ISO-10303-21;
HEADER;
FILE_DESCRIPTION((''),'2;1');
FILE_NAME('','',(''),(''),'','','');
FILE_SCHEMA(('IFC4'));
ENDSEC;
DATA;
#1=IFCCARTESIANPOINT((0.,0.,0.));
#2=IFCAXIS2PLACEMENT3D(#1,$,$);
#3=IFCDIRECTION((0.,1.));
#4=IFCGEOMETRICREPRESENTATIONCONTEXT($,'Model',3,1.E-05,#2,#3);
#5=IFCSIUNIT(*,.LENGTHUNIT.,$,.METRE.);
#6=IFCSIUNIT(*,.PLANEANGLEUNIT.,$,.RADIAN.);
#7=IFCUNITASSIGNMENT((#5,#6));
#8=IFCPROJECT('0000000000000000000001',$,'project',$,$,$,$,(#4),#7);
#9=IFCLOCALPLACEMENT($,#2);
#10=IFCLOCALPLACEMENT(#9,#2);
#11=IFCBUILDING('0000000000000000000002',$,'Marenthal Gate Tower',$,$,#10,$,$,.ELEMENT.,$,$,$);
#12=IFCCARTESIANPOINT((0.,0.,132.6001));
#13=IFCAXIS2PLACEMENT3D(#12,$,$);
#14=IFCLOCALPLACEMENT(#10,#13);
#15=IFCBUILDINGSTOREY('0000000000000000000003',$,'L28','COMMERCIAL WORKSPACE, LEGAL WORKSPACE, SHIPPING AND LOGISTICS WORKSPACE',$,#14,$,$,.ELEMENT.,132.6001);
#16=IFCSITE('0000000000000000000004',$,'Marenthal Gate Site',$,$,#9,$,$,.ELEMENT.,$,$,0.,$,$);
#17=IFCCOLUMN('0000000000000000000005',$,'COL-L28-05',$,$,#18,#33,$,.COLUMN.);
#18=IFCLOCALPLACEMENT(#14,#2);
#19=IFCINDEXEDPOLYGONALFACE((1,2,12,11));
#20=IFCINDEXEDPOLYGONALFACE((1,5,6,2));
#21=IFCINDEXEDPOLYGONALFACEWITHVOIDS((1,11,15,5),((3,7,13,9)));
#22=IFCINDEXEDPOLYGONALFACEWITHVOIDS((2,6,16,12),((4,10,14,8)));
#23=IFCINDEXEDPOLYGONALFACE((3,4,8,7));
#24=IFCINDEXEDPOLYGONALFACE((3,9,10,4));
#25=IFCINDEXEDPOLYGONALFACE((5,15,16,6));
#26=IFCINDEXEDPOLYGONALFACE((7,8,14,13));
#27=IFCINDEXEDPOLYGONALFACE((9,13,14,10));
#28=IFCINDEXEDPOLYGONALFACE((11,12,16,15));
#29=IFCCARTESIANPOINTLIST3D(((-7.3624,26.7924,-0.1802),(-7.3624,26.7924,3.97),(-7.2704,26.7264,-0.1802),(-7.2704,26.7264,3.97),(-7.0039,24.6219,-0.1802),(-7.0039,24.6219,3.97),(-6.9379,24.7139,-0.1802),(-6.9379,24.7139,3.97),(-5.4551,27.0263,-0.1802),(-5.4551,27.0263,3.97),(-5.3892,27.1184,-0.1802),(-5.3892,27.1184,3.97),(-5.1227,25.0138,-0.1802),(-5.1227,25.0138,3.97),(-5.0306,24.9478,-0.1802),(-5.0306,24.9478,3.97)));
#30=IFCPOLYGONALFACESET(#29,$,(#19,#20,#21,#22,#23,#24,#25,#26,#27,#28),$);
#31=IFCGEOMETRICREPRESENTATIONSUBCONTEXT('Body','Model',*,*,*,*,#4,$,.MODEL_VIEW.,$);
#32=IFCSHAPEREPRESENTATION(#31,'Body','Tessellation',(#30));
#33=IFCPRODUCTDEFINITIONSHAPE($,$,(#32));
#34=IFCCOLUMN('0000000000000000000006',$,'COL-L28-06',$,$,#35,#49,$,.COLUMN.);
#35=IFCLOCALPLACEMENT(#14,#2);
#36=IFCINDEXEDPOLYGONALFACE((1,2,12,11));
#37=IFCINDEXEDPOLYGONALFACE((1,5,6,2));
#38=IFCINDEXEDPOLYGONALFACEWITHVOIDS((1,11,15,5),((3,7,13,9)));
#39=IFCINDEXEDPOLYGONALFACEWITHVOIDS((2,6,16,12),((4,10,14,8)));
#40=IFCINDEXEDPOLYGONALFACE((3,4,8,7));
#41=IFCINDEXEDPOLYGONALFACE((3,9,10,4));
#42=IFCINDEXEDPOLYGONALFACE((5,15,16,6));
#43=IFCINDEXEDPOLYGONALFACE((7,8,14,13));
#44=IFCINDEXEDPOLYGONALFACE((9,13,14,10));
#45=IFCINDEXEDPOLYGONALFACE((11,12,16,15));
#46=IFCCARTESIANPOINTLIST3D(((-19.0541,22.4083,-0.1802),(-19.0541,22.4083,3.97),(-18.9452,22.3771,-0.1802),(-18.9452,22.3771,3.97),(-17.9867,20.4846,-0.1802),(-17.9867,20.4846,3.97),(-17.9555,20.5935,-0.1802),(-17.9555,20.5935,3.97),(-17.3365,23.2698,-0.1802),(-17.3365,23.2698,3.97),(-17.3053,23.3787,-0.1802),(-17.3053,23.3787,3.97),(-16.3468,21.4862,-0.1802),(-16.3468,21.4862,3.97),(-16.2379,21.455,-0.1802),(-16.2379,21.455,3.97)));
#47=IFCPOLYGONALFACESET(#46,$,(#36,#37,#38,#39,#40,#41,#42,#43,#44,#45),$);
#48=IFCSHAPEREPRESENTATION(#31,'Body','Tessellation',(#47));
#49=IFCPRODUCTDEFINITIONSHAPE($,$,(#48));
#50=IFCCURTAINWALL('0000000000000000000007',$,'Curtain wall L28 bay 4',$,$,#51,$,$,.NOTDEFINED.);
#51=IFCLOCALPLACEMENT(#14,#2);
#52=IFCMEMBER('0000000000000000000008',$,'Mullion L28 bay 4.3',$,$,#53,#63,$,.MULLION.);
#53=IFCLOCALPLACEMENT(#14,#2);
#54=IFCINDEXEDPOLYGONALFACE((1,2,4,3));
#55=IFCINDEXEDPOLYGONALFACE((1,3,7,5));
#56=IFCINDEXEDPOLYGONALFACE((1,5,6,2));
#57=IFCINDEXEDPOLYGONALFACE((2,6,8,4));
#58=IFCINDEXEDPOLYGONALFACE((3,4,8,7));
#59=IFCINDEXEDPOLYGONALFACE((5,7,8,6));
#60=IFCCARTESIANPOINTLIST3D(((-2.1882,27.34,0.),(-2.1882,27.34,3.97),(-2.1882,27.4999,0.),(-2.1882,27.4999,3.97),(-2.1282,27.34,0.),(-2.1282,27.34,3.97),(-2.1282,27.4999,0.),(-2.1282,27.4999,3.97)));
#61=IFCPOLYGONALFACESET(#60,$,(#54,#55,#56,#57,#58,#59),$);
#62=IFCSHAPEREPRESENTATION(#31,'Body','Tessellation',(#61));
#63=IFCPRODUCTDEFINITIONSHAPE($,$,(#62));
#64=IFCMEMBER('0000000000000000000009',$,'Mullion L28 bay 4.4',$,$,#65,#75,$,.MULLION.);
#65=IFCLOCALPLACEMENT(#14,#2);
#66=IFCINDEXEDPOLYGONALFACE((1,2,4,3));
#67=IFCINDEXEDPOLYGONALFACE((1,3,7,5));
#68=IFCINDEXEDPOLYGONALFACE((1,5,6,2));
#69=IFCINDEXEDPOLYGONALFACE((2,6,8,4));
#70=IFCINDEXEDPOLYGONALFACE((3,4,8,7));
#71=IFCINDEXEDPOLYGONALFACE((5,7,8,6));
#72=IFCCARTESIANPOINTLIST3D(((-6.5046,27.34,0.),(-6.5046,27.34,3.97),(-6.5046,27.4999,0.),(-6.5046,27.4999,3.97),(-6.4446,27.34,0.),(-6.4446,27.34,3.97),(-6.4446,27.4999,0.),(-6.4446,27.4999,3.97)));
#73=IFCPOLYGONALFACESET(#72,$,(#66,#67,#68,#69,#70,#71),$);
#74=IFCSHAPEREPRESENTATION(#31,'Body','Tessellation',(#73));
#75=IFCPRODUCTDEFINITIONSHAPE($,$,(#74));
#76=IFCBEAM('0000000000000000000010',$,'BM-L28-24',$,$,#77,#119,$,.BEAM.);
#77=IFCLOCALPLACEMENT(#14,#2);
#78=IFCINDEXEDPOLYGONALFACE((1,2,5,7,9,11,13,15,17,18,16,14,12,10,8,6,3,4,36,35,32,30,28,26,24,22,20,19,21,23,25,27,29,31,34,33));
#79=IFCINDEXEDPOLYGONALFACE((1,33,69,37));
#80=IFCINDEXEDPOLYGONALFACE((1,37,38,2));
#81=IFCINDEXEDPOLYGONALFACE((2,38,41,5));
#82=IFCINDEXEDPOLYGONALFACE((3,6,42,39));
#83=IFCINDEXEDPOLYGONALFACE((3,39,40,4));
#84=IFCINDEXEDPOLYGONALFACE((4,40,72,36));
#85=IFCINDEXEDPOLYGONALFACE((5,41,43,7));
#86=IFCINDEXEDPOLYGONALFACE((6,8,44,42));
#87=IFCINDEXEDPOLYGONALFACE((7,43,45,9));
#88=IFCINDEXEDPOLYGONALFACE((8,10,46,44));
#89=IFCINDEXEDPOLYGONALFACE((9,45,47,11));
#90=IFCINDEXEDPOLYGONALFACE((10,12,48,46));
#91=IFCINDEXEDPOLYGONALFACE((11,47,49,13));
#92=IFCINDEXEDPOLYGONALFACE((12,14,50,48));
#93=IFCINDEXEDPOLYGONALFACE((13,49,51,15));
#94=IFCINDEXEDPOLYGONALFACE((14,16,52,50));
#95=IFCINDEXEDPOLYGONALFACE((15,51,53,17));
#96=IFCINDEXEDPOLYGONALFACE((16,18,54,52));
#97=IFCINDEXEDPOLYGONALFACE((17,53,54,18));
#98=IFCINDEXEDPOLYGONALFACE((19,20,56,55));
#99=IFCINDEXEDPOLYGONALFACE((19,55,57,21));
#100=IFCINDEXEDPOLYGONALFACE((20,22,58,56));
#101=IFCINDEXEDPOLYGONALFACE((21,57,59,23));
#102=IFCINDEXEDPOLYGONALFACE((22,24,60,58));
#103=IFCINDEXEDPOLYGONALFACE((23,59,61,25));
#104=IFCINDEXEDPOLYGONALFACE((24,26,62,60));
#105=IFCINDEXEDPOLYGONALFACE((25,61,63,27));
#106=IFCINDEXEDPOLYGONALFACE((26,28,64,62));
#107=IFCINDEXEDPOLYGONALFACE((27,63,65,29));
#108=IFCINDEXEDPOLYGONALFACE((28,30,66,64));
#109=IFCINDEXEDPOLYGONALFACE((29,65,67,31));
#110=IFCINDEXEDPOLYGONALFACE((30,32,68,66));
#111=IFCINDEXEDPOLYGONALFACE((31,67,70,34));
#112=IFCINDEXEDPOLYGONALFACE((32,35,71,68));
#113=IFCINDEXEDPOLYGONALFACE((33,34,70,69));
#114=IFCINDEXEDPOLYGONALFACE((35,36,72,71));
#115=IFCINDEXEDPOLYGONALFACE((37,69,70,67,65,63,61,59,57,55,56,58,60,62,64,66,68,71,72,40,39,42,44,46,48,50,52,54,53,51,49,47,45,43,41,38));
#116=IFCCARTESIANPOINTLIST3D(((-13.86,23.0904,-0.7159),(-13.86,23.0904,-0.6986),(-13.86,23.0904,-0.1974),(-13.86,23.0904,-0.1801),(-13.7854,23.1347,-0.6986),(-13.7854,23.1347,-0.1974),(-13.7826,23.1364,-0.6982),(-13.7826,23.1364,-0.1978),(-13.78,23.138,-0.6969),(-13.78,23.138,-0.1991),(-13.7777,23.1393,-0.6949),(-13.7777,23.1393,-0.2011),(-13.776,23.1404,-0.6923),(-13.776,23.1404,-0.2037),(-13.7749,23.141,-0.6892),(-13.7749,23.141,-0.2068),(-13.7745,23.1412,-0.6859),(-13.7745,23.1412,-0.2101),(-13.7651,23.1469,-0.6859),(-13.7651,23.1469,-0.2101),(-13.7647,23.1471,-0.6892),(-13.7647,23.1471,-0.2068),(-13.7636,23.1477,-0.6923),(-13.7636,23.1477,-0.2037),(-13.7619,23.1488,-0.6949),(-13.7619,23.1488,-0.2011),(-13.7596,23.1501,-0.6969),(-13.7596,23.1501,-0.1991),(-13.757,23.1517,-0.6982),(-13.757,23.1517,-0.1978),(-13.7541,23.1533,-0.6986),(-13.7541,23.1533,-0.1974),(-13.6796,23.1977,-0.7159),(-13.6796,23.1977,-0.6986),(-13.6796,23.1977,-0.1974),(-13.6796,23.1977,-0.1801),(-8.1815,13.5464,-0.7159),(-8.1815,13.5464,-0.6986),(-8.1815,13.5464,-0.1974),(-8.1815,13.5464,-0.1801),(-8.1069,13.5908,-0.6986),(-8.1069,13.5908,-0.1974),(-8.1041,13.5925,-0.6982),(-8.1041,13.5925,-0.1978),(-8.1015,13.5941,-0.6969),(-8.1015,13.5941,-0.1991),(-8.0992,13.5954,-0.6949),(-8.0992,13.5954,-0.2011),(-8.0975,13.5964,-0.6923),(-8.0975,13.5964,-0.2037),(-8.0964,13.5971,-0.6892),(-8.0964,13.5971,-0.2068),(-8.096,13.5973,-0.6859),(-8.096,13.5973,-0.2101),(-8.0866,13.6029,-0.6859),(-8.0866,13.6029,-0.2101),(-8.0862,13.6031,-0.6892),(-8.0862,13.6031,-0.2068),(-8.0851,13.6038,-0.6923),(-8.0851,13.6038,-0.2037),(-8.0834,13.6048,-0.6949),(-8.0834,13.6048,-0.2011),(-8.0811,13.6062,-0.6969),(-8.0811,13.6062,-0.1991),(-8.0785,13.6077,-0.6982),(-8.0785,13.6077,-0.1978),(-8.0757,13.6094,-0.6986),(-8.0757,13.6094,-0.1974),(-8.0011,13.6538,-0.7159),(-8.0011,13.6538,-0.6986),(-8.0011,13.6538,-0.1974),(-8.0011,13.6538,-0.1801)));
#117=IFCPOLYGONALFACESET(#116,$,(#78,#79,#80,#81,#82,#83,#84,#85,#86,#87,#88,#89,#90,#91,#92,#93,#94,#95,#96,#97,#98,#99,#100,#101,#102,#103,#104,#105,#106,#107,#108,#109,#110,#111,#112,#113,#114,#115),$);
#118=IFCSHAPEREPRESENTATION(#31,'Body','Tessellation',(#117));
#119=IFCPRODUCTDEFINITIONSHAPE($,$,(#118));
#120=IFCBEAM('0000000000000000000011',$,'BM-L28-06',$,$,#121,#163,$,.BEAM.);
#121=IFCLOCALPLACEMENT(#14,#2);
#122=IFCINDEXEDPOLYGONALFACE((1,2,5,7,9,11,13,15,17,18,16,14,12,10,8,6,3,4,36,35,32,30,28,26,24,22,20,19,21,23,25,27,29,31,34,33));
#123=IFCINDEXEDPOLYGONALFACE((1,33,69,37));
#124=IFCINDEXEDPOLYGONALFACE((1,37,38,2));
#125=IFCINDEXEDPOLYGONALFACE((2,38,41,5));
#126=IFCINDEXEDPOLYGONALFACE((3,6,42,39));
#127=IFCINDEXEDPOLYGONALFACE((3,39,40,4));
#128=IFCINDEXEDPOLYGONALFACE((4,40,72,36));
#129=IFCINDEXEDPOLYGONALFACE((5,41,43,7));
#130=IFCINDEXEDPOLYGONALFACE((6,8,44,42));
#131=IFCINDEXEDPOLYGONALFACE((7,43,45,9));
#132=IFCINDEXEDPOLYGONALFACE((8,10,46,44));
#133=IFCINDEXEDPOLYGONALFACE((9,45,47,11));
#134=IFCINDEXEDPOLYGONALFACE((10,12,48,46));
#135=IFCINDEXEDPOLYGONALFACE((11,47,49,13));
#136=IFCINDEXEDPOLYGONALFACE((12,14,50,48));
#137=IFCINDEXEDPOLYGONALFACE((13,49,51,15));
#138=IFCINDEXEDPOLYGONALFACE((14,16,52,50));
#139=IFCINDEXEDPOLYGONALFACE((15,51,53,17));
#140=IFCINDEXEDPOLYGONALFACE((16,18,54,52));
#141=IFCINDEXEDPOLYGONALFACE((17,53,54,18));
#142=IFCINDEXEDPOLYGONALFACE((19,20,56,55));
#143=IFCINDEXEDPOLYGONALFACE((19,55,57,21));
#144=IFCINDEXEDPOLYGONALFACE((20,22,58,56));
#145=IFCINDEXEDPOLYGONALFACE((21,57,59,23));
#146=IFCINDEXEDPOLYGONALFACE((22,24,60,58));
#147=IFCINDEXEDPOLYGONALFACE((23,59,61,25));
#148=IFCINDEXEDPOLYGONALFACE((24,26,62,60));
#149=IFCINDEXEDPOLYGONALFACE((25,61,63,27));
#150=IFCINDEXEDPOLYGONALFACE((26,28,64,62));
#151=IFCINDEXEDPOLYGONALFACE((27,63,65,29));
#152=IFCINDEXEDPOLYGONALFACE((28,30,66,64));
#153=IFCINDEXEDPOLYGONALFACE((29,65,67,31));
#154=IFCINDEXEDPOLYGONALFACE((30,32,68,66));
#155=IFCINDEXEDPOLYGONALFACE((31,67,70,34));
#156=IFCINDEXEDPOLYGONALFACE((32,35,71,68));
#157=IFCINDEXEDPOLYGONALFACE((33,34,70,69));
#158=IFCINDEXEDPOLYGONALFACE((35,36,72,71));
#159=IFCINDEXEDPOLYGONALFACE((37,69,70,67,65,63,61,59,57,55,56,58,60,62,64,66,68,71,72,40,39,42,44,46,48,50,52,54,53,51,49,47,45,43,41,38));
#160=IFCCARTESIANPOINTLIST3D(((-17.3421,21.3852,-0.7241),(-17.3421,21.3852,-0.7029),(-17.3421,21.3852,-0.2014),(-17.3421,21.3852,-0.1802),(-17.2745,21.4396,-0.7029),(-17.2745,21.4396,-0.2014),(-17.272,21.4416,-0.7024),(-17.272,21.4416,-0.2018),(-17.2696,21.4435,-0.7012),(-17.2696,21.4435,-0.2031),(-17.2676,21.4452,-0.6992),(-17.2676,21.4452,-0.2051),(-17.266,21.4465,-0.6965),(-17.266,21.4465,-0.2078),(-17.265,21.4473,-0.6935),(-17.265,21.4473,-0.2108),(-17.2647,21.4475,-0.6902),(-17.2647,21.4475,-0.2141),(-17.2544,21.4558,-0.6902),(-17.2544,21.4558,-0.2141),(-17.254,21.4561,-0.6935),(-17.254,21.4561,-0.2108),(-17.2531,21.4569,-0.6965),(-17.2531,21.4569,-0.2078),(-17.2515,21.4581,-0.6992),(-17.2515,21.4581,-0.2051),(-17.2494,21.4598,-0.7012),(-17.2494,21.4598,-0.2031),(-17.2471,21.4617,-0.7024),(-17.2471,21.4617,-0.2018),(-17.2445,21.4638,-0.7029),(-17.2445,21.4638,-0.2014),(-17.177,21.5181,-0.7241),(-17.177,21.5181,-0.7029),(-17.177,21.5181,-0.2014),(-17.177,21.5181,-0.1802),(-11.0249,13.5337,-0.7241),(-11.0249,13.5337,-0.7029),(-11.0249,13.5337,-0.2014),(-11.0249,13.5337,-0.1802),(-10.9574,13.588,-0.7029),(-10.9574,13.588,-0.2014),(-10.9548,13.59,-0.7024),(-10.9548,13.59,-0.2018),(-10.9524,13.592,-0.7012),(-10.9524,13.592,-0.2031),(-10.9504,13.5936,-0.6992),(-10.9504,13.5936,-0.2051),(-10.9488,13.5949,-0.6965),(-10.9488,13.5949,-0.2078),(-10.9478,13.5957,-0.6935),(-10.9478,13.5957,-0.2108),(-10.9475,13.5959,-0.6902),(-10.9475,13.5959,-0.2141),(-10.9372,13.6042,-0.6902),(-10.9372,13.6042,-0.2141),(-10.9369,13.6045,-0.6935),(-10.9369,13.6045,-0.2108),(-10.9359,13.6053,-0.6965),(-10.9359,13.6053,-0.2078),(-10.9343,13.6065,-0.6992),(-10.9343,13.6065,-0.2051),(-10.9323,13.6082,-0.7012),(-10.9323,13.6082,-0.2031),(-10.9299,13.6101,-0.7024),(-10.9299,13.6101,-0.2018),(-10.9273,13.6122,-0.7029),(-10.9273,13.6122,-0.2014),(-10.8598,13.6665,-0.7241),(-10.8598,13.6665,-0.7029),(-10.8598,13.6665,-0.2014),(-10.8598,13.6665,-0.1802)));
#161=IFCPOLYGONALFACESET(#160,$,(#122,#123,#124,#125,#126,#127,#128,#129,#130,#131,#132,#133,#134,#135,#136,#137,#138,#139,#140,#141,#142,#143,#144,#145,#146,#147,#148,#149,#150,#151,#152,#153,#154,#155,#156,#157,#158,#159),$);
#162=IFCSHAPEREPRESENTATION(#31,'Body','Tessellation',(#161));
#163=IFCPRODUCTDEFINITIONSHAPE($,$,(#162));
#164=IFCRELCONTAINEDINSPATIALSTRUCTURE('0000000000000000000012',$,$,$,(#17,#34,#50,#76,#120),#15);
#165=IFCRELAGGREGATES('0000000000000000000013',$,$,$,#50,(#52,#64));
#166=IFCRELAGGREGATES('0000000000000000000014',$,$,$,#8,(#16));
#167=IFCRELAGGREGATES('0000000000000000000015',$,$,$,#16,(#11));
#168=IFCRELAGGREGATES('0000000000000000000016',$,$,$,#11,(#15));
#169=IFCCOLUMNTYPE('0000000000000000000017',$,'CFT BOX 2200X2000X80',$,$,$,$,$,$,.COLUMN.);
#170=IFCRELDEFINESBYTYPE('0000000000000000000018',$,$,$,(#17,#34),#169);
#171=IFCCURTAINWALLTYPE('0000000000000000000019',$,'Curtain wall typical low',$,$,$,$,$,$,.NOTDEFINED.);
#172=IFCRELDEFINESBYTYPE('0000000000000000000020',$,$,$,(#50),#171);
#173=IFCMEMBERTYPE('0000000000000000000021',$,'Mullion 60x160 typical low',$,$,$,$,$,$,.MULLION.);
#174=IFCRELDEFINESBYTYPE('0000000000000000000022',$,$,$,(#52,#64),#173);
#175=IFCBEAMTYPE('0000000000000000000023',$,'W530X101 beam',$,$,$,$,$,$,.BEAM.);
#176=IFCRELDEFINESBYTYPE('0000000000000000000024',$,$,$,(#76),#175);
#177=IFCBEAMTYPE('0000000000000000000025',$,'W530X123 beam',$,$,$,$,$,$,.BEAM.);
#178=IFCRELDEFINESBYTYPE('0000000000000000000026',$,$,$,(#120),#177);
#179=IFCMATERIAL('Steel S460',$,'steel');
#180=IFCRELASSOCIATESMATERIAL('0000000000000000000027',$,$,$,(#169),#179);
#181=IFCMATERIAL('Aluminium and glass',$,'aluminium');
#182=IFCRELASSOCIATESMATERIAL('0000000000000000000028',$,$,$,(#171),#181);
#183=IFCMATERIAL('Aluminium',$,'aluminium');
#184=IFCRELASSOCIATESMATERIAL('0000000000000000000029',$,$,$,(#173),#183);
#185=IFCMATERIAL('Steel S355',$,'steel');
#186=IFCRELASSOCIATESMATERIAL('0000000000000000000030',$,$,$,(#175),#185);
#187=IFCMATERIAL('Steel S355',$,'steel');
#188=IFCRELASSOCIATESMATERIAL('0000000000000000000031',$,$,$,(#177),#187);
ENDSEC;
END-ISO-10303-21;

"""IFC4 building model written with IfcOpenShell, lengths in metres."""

from ifc_helpers import new_model, si_unit, direction, frame, origin, origin_2d, place, context, subcontext, project, spatial, rectangle, hollow_rectangle, i_section, extrude, material, material_profile, profile_set, type_object, element, aggregate, save


model = new_model("IFC4")

# Units and contexts
model_context = context("Model", 3, precision=1e-05, world=origin(), true_north=direction((0.0, 1.0)))
body_context = subcontext(model_context, "Body", "Model", "MODEL_VIEW")
ifc_project = project(units=[si_unit("LENGTHUNIT", "METRE"), si_unit("PLANEANGLEUNIT", "RADIAN")], contexts=[model_context])

# Site, building, storey
site_placement = place(None, origin())
site = spatial("IfcSite", under=ifc_project, at=site_placement, Name="Marenthal Gate Site", CompositionType="ELEMENT", RefElevation=0.0)
building_placement = place(site_placement, origin())
building = spatial("IfcBuilding", under=site, at=building_placement, Name="Marenthal Gate Tower", CompositionType="ELEMENT")
storey_placement = place(building_placement, frame((0.0, 0.0, 132.6001)))
storey = spatial("IfcBuildingStorey", under=building, at=storey_placement, Name="L28", Description="COMMERCIAL WORKSPACE, LEGAL WORKSPACE, SHIPPING AND LOGISTICS WORKSPACE", CompositionType="ELEMENT", Elevation=132.6001)

# Columns
ifc_material_1 = material(Name="Steel S460", Category="steel")
ifc_material_profile_1 = material_profile(ifc_material_1, hollow_rectangle(XDim=2.0, YDim=2.2, WallThickness=0.0801, at=origin_2d()), Name="CFT BOX 2200X2000X80")
ifc_material_2 = material(Name="Concrete 70 MPa", Category="concrete")
ifc_material_profile_2 = material_profile(ifc_material_2, rectangle(XDim=1.8401, YDim=2.04, at=origin_2d()), Name="CFT BOX 2200X2000X80 INFILL")
ifc_profile_set_1 = profile_set([ifc_material_profile_1, ifc_material_profile_2], Name="Steel S460 shell, Concrete 70 MPa infill")
column_type = type_object("IfcColumnType", Name="CFT BOX 2200X2000X80", PredefinedType="COLUMN", material=ifc_profile_set_1)
for number, where, z_axis, x_axis, name in (
    (1, (-6.1965, 25.8701, -0.1802), (0.0, 0.0, 1.0), (0.986629, 0.16298, 0.0), "COL-L28-05"),
    (2, (-17.646, 21.9316, -0.1802), (0.0, 0.0, 1.0), (0.874403, 0.4852, 0.0), "COL-L28-06"),
):
    element("IfcColumn", number, at=place(storey_placement, frame(where, z_axis=z_axis, x_axis=x_axis)), inside=storey, type_object=column_type, Name=name, PredefinedType="COLUMN", context=body_context, shape_type="SweptSolid", body=[
        extrude(hollow_rectangle(XDim=2.0, YDim=2.2, WallThickness=0.0801, at=origin_2d()), origin(), (0.0, 0.0, 1.0), 4.1501),
    ])

# Curtain wall, members
ifc_material_3 = material(Name="Aluminium and glass", Category="aluminium")
curtain_wall_type = type_object("IfcCurtainWallType", Name="Curtain wall typical low", PredefinedType="NOTDEFINED", material=ifc_material_3)
curtain_wall_placement = place(storey_placement, origin())
curtain_wall = element("IfcCurtainWall", 3, at=curtain_wall_placement, inside=storey, type_object=curtain_wall_type, Name="Curtain wall L28 bay 4", PredefinedType="NOTDEFINED")
ifc_material_4 = material(Name="Aluminium", Category="aluminium")
ifc_material_profile_3 = material_profile(ifc_material_4, rectangle(XDim=0.1599, YDim=0.0601, at=origin_2d()), Name="60x160 aluminium mullion")
ifc_profile_set_2 = profile_set([ifc_material_profile_3], Name="Aluminium")
member_type = type_object("IfcMemberType", Name="Mullion 60x160 typical low", PredefinedType="MULLION", material=ifc_profile_set_2)
member_1_placement = place(storey_placement, frame((-2.1582, 27.4199, 0.0), z_axis=(0.0, 0.0, 1.0), x_axis=(0.0, -1.0, 0.0)))
member_1 = element("IfcMember", 4, at=member_1_placement, type_object=member_type, Name="Mullion L28 bay 4.3", PredefinedType="MULLION", context=body_context, shape_type="SweptSolid", body=[
    extrude(rectangle(XDim=0.1599, YDim=0.0601, at=origin_2d()), origin(), (0.0, 0.0, 1.0), 3.97),
])
member_2_placement = place(storey_placement, frame((-6.4746, 27.4199, 0.0), z_axis=(0.0, 0.0, 1.0), x_axis=(0.0, -1.0, 0.0)))
member_2 = element("IfcMember", 5, at=member_2_placement, type_object=member_type, Name="Mullion L28 bay 4.4", PredefinedType="MULLION", context=body_context, shape_type="SweptSolid", body=[
    extrude(rectangle(XDim=0.1599, YDim=0.0601, at=origin_2d()), origin(), (0.0, 0.0, 1.0), 3.97),
])

# Beams
ifc_material_5 = material(Name="Steel S355", Category="steel")
ifc_material_profile_4 = material_profile(ifc_material_5, i_section(OverallWidth=0.21, OverallDepth=0.5359, WebThickness=0.011, FlangeThickness=0.0173, FilletRadius=0.0127, at=origin_2d()), Name="W530X101")
ifc_profile_set_3 = profile_set([ifc_material_profile_4], Name="Steel S355")
beam_type_1 = type_object("IfcBeamType", Name="W530X101 beam", PredefinedType="BEAM", material=ifc_profile_set_3)
beam_1_placement = place(storey_placement, frame((-13.7698, 23.144, -0.448), z_axis=(0.511321, -0.85939, 0.0), x_axis=(0.85939, 0.511321, 0.0)))
element("IfcBeam", 6, at=beam_1_placement, inside=storey, type_object=beam_type_1, Name="BM-L28-24", PredefinedType="BEAM", context=body_context, shape_type="SweptSolid", body=[
    extrude(i_section(OverallWidth=0.21, OverallDepth=0.5359, WebThickness=0.011, FlangeThickness=0.0173, FilletRadius=0.0127, at=origin_2d()), origin(), (0.0, 0.0, 1.0), 11.1055),
])
ifc_material_6 = material(Name="Steel S355", Category="steel")
ifc_material_profile_5 = material_profile(ifc_material_6, i_section(OverallWidth=0.2119, OverallDepth=0.5439, WebThickness=0.0132, FlangeThickness=0.0212, FilletRadius=0.0127, at=origin_2d()), Name="W530X123")
ifc_profile_set_4 = profile_set([ifc_material_profile_5], Name="Steel S355")
beam_type_2 = type_object("IfcBeamType", Name="W530X123 beam", PredefinedType="BEAM", material=ifc_profile_set_4)
beam_2_placement = place(storey_placement, frame((-17.2595, 21.4517, -0.4521), z_axis=(0.626864, -0.779129, 0.0), x_axis=(0.779129, 0.626864, 0.0)))
element("IfcBeam", 7, at=beam_2_placement, inside=storey, type_object=beam_type_2, Name="BM-L28-06", PredefinedType="BEAM", context=body_context, shape_type="SweptSolid", body=[
    extrude(i_section(OverallWidth=0.2119, OverallDepth=0.5439, WebThickness=0.0132, FlangeThickness=0.0212, FilletRadius=0.0127, at=origin_2d()), origin(), (0.0, 0.0, 1.0), 10.0774),
])

aggregate(curtain_wall, [member_1, member_2])

save(model, "model.ifc")
